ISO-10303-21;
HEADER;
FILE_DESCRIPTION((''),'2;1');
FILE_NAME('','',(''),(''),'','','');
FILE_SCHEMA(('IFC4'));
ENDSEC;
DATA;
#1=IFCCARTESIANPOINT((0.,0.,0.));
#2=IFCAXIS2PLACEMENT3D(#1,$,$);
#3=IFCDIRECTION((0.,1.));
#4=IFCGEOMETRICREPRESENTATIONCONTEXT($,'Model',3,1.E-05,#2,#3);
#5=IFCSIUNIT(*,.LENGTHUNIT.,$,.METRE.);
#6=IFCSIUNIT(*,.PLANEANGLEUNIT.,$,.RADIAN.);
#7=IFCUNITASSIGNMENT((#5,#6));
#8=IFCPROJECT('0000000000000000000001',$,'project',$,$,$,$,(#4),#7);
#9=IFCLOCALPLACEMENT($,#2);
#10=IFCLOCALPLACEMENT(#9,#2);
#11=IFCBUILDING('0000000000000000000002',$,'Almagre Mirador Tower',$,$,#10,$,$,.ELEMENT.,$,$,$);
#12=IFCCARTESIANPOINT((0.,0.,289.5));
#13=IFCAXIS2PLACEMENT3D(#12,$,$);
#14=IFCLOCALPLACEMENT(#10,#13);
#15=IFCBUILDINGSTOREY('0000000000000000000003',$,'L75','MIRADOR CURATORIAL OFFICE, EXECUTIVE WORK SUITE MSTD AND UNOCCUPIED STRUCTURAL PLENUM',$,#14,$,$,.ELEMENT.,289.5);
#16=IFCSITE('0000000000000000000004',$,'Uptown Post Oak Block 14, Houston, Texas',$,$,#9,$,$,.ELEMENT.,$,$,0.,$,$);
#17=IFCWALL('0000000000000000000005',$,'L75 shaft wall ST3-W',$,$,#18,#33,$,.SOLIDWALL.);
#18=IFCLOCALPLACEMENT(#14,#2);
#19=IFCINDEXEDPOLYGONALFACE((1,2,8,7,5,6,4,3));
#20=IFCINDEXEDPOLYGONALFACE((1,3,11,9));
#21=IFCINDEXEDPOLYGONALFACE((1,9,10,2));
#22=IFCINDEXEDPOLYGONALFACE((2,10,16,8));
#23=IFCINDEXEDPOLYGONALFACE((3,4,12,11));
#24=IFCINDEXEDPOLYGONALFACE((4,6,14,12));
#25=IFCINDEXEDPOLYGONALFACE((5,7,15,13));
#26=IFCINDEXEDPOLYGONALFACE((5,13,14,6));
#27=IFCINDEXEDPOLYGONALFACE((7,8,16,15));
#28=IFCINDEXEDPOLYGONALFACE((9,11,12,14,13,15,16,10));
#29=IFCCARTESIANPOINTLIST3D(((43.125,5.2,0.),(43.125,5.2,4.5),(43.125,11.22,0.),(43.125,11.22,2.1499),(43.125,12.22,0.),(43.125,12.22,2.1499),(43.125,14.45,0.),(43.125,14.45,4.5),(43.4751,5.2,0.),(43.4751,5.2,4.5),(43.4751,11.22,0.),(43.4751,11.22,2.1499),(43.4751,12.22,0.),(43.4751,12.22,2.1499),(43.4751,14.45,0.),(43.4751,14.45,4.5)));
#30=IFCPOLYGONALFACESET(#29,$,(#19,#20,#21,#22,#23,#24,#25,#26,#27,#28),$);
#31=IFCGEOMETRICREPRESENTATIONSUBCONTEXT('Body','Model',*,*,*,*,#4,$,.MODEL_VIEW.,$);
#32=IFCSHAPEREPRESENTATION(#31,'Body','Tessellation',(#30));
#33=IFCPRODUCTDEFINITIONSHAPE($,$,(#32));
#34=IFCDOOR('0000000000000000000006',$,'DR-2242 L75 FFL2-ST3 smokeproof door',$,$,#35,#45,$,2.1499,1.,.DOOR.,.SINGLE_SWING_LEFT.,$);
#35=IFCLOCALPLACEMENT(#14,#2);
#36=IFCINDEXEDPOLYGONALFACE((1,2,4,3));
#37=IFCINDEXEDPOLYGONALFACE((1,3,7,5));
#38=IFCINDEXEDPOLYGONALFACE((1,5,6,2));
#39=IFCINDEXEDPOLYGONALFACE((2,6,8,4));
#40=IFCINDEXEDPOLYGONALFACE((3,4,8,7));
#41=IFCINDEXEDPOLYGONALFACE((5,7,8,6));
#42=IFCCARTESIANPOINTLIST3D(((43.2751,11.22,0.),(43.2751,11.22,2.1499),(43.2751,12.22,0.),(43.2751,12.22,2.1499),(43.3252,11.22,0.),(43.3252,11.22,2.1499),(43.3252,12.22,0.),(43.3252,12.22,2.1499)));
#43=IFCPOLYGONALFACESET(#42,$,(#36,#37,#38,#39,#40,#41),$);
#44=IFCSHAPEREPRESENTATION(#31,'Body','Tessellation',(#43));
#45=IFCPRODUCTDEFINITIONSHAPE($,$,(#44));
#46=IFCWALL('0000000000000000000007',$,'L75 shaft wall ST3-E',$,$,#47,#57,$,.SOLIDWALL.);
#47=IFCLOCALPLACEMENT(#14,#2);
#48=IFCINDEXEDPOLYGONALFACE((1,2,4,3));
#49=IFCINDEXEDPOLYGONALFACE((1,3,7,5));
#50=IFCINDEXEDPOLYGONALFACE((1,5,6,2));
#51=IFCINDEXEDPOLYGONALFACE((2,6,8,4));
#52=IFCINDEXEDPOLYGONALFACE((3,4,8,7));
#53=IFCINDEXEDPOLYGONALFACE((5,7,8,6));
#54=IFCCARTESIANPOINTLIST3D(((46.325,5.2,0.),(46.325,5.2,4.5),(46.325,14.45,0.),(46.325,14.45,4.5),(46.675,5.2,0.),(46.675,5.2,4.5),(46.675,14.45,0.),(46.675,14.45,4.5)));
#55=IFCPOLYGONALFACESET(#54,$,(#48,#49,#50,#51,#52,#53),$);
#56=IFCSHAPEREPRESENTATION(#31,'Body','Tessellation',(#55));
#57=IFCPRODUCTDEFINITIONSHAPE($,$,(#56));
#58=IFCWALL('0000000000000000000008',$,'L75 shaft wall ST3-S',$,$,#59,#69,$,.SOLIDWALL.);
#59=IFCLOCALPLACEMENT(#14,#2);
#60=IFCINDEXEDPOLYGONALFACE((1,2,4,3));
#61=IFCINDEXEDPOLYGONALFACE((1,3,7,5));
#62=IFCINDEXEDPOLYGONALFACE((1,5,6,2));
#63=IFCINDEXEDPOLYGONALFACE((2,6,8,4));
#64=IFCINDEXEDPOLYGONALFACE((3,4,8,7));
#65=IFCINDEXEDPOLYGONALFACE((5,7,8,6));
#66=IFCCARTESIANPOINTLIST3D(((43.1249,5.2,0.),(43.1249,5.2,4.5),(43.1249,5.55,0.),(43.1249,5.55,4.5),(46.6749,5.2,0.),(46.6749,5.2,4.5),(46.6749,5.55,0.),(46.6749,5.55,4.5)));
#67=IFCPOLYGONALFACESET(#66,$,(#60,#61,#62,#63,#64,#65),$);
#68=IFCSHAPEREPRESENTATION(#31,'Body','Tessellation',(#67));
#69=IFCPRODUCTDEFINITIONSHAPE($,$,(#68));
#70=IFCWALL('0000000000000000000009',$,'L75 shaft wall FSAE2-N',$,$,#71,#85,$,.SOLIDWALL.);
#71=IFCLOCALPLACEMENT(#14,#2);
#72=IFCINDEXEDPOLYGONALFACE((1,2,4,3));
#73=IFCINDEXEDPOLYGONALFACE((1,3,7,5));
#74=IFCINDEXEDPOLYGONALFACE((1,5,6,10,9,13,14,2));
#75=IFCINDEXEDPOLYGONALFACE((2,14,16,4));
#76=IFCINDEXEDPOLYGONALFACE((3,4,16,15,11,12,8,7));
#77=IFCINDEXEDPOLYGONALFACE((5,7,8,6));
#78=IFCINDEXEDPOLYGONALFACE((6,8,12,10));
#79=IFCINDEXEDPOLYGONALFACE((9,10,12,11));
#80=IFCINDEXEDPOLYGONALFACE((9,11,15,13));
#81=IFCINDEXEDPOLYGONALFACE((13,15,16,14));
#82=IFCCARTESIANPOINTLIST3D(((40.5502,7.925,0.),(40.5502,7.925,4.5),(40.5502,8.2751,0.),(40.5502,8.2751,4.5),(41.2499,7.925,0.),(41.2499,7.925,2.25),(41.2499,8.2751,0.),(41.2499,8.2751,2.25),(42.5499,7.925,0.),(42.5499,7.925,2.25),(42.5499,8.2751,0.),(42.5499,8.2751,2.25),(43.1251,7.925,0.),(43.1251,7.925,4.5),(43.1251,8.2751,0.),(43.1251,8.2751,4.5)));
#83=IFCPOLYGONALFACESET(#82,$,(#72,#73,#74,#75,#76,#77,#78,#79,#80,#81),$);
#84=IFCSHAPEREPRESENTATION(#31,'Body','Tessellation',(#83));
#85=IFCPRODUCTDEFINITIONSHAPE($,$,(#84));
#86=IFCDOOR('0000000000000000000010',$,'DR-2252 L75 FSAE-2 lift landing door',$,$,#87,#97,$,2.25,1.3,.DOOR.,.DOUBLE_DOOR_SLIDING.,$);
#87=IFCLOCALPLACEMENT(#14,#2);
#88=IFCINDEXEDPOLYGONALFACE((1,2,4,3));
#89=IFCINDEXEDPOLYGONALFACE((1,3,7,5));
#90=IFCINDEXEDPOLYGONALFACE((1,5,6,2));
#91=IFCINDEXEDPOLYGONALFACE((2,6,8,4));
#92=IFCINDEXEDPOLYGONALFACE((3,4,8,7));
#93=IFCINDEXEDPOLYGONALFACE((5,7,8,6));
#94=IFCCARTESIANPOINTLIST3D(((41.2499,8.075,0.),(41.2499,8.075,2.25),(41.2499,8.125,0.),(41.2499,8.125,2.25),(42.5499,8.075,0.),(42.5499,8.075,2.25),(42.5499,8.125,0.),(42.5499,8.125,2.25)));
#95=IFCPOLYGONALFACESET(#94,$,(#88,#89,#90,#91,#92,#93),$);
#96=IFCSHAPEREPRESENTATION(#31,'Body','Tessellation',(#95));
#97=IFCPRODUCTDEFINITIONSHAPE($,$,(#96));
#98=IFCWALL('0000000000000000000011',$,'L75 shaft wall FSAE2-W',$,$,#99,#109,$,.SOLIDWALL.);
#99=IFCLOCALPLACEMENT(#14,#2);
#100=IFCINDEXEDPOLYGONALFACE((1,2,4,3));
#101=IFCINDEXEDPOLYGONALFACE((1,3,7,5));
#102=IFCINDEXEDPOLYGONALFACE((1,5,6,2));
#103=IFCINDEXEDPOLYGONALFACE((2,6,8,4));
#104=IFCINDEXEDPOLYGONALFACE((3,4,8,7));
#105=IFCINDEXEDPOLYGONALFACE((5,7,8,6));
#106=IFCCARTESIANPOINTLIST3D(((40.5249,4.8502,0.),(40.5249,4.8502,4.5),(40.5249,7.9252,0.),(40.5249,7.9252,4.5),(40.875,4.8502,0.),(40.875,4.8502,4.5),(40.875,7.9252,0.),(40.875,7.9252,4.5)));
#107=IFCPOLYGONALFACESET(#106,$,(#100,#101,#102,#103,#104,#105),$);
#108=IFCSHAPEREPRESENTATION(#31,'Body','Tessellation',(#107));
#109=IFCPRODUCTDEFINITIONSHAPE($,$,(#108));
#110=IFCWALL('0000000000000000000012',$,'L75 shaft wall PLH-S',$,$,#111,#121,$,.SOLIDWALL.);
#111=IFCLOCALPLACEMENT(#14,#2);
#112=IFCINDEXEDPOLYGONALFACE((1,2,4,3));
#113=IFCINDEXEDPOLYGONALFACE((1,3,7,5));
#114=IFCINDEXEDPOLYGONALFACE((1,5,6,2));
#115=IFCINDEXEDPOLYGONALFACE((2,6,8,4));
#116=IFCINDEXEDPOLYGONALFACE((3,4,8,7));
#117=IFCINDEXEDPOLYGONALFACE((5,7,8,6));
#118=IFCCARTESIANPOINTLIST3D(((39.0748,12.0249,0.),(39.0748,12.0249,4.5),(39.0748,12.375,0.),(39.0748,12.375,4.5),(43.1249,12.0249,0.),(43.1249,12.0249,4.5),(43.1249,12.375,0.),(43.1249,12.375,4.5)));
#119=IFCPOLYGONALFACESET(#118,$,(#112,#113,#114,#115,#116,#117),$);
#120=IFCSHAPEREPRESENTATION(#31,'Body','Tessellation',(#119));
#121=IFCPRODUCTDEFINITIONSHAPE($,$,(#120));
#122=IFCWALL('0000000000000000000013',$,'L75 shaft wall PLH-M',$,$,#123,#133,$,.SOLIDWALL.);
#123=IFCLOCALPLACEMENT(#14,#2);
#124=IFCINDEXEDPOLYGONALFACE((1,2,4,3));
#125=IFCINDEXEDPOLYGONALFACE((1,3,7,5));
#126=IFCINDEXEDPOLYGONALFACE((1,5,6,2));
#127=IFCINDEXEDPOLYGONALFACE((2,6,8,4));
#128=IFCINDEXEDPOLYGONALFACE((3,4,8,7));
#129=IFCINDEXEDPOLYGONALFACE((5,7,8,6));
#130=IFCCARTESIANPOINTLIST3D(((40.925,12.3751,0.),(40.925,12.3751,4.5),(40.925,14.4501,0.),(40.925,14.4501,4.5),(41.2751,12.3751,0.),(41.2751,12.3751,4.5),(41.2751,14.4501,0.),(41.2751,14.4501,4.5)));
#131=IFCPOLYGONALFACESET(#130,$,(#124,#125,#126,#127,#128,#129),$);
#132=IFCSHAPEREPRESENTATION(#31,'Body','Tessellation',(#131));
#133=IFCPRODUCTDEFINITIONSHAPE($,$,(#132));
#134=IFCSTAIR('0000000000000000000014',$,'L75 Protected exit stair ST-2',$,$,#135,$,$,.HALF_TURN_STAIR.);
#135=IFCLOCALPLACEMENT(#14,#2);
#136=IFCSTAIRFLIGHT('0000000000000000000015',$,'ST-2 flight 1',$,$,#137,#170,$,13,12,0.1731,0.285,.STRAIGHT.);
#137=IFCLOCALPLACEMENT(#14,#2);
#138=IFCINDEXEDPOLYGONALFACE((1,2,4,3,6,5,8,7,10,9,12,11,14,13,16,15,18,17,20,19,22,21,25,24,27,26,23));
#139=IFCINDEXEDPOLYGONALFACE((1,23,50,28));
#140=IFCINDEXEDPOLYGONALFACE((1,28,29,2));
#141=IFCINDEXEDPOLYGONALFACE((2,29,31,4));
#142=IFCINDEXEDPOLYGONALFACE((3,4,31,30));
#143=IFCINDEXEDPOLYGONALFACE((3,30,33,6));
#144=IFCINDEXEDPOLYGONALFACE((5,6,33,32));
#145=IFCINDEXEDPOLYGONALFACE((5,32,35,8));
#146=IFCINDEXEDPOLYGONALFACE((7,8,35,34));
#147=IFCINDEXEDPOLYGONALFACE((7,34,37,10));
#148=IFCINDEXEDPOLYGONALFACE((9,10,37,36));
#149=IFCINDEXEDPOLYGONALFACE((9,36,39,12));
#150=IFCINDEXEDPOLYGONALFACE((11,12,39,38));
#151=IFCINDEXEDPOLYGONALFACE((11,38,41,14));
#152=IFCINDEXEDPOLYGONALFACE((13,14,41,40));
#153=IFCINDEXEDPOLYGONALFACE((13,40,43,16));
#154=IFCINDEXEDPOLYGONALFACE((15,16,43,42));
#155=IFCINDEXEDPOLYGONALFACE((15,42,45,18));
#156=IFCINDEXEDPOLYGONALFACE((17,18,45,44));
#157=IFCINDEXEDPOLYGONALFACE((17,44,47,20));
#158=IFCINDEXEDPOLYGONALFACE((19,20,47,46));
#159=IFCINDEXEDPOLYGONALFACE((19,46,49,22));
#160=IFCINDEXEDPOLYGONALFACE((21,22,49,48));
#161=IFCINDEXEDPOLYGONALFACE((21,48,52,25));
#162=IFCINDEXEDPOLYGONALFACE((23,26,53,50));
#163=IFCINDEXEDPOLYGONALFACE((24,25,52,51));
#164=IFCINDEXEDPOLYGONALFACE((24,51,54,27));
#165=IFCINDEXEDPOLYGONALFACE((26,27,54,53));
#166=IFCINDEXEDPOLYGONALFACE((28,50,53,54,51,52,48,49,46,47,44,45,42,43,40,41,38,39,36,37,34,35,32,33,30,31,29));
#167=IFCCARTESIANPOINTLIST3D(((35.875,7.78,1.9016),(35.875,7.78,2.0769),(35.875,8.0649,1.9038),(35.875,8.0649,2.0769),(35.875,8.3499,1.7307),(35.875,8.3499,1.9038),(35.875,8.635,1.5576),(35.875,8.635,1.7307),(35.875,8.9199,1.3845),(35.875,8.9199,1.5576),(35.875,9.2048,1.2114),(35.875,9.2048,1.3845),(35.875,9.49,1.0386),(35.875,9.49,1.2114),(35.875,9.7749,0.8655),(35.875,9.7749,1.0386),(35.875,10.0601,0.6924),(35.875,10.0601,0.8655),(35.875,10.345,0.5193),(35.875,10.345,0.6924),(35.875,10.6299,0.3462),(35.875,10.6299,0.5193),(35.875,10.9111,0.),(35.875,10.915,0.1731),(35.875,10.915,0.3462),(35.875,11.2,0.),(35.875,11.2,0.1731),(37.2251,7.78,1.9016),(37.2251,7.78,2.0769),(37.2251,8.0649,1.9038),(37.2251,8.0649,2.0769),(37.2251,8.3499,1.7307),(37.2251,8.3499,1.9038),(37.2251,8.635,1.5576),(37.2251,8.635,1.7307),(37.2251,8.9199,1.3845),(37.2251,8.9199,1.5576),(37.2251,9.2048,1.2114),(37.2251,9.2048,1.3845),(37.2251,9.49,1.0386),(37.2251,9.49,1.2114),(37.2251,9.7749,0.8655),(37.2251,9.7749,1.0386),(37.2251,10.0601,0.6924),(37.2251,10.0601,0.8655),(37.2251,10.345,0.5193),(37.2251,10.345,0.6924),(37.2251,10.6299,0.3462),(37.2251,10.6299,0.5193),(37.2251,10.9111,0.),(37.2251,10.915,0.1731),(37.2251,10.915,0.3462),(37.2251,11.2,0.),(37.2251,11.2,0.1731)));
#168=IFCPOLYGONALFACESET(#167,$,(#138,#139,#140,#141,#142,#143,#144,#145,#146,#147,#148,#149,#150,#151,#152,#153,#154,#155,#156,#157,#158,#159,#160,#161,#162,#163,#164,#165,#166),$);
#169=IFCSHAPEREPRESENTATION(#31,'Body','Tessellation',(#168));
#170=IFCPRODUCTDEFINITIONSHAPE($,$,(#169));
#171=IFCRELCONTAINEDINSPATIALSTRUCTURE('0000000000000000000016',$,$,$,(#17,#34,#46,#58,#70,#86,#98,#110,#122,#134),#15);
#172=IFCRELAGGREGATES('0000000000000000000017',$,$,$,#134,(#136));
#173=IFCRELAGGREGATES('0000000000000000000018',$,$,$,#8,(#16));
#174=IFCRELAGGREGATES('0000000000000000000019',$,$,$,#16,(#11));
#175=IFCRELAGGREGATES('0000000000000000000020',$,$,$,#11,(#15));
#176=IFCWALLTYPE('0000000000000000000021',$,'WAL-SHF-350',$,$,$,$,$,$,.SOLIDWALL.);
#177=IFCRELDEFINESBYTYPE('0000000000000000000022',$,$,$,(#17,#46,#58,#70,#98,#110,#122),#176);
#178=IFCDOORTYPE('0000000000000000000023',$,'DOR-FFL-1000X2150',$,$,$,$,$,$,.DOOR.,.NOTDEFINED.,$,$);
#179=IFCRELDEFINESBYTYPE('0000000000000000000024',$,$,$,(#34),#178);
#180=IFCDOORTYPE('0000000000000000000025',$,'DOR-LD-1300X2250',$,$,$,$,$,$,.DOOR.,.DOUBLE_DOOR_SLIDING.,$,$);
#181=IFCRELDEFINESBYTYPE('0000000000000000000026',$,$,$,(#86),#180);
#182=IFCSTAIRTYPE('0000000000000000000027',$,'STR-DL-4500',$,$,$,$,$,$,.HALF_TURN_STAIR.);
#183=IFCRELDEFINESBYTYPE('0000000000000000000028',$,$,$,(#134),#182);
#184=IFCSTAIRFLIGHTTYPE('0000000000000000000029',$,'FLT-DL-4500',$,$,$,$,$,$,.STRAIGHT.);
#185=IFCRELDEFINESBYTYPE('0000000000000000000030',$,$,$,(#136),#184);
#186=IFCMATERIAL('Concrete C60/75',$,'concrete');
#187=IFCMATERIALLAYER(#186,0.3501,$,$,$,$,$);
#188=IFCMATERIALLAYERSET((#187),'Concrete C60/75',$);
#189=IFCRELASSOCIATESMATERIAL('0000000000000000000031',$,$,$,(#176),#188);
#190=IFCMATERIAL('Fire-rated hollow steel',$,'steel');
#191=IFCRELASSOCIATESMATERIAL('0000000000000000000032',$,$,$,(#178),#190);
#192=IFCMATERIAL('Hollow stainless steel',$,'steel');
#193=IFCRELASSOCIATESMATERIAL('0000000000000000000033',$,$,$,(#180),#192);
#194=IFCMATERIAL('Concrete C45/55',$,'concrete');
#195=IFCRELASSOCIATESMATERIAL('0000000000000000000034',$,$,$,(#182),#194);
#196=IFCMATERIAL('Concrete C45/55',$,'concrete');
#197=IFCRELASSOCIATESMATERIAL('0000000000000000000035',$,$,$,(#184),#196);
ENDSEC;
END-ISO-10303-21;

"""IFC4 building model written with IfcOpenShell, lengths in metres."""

from ifc_helpers import new_model, si_unit, direction, frame, frame_2d, origin, place, context, subcontext, project, spatial, polyline, rectangle, outline, extrude, material, layer, layer_set, type_object, element, fill, aggregate, save


model = new_model("IFC4")

# Units and contexts
model_context = context("Model", 3, precision=1e-05, world=origin(), true_north=direction((0.0, 1.0)))
body_context = subcontext(model_context, "Body", "Model", "MODEL_VIEW")
ifc_project = project(units=[si_unit("LENGTHUNIT", "METRE"), si_unit("PLANEANGLEUNIT", "RADIAN")], contexts=[model_context])

# Site, building, storey
site_placement = place(None, origin())
site = spatial("IfcSite", under=ifc_project, at=site_placement, Name="Uptown Post Oak Block 14, Houston, Texas", CompositionType="ELEMENT", RefElevation=0.0)
building_placement = place(site_placement, origin())
building = spatial("IfcBuilding", under=site, at=building_placement, Name="Almagre Mirador Tower", CompositionType="ELEMENT")
storey_placement = place(building_placement, frame((0.0, 0.0, 289.5)))
storey = spatial("IfcBuildingStorey", under=building, at=storey_placement, Name="L75", Description="MIRADOR CURATORIAL OFFICE, EXECUTIVE WORK SUITE MSTD AND UNOCCUPIED STRUCTURAL PLENUM", CompositionType="ELEMENT", Elevation=289.5)

# Wall, opening, door
ifc_material_1 = material(Name="Concrete C60/75", Category="concrete")
ifc_layer_1 = layer(ifc_material_1, 0.3501)
ifc_layer_set_1 = layer_set([ifc_layer_1], Name="Concrete C60/75")
wall_type_1 = type_object("IfcWallType", Name="WAL-SHF-350", PredefinedType="SOLIDWALL", material=ifc_layer_set_1)
ifc_material_2 = material(Name="Fire-rated hollow steel", Category="steel")
door_type_1 = type_object("IfcDoorType", Name="DOR-FFL-1000X2150", OperationType="NOTDEFINED", PredefinedType="DOOR", material=ifc_material_2)
wall_1_placement = place(storey_placement, frame((43.3, 5.2, 0.0), z_axis=(0.0, 0.0, 1.0), x_axis=(0.0, 1.0, 0.0)))
wall_1 = element("IfcWall", 1, at=wall_1_placement, inside=storey, type_object=wall_type_1, Name="L75 shaft wall ST3-W", PredefinedType="SOLIDWALL", context=body_context, shape_type="SweptSolid", body=[
    extrude(rectangle(XDim=9.25, YDim=0.3501, at=frame_2d((4.625, 0.0))), origin(), (0.0, 0.0, 1.0), 4.5),
])
opening_1_placement = place(wall_1_placement, frame((6.02, 0.0, 0.0)))
opening_1 = element("IfcOpeningElement", 2, at=opening_1_placement, cuts=wall_1, PredefinedType="OPENING", context=body_context, shape_type="SweptSolid", body=[
    extrude(rectangle(XDim=1.0, YDim=2.1499, at=frame_2d((0.5, 1.075))), frame((0.0, 0.185, 0.0), z_axis=(0.0, -1.0, 0.0), x_axis=(1.0, 0.0, 0.0)), (0.0, 0.0, 1.0), 0.3701),
])
door_1_placement = place(opening_1_placement, origin())
door_1 = element("IfcDoor", 3, at=door_1_placement, inside=storey, type_object=door_type_1, Name="DR-2242 L75 FFL2-ST3 smokeproof door", OperationType="SINGLE_SWING_LEFT", OverallHeight=2.1499, OverallWidth=1.0, PredefinedType="DOOR", context=body_context, shape_type="SweptSolid", body=[
    extrude(rectangle(XDim=1.0, YDim=2.1499, at=frame_2d((0.5, 1.075))), frame((0.0, 0.0249, 0.0), z_axis=(0.0, -1.0, 0.0), x_axis=(1.0, 0.0, 0.0)), (0.0, 0.0, 1.0), 0.05),
])
fill(opening_1, door_1)

# Walls
wall_2_placement = place(storey_placement, frame((46.5, 5.2, 0.0), z_axis=(0.0, 0.0, 1.0), x_axis=(0.0, 1.0, 0.0)))
element("IfcWall", 4, at=wall_2_placement, inside=storey, type_object=wall_type_1, Name="L75 shaft wall ST3-E", PredefinedType="SOLIDWALL", context=body_context, shape_type="SweptSolid", body=[
    extrude(rectangle(XDim=9.25, YDim=0.3501, at=frame_2d((4.625, 0.0))), origin(), (0.0, 0.0, 1.0), 4.5),
])
wall_3_placement = place(storey_placement, frame((43.125, 5.375, 0.0), z_axis=(0.0, 0.0, 1.0), x_axis=(1.0, 0.0, 0.0)))
element("IfcWall", 5, at=wall_3_placement, inside=storey, type_object=wall_type_1, Name="L75 shaft wall ST3-S", PredefinedType="SOLIDWALL", context=body_context, shape_type="SweptSolid", body=[
    extrude(rectangle(XDim=3.55, YDim=0.3501, at=frame_2d((1.7749, 0.0))), origin(), (0.0, 0.0, 1.0), 4.5),
])

# Wall, opening, door
wall_4_placement = place(storey_placement, frame((40.55, 8.1001, 0.0), z_axis=(0.0, 0.0, 1.0), x_axis=(1.0, 0.0, 0.0)))
wall_4 = element("IfcWall", 6, at=wall_4_placement, inside=storey, type_object=wall_type_1, Name="L75 shaft wall FSAE2-N", PredefinedType="SOLIDWALL", context=body_context, shape_type="SweptSolid", body=[
    extrude(rectangle(XDim=2.575, YDim=0.3501, at=frame_2d((1.2876, 0.0))), origin(), (0.0, 0.0, 1.0), 4.5),
])
opening_2_placement = place(wall_4_placement, frame((0.7, 0.0, 0.0)))
opening_2 = element("IfcOpeningElement", 7, at=opening_2_placement, cuts=wall_4, PredefinedType="OPENING", context=body_context, shape_type="SweptSolid", body=[
    extrude(rectangle(XDim=1.3, YDim=2.25, at=frame_2d((0.6499, 1.125))), frame((0.0, 0.185, 0.0), z_axis=(0.0, -1.0, 0.0), x_axis=(1.0, 0.0, 0.0)), (0.0, 0.0, 1.0), 0.3701),
])
ifc_material_3 = material(Name="Hollow stainless steel", Category="steel")
door_type_2 = type_object("IfcDoorType", Name="DOR-LD-1300X2250", OperationType="DOUBLE_DOOR_SLIDING", PredefinedType="DOOR", material=ifc_material_3)
door_2_placement = place(opening_2_placement, origin())
door_2 = element("IfcDoor", 8, at=door_2_placement, inside=storey, type_object=door_type_2, Name="DR-2252 L75 FSAE-2 lift landing door", OperationType="DOUBLE_DOOR_SLIDING", OverallHeight=2.25, OverallWidth=1.3, PredefinedType="DOOR", context=body_context, shape_type="SweptSolid", body=[
    extrude(rectangle(XDim=1.3, YDim=2.25, at=frame_2d((0.6499, 1.125))), frame((0.0, 0.0249, 0.0), z_axis=(0.0, -1.0, 0.0), x_axis=(1.0, 0.0, 0.0)), (0.0, 0.0, 1.0), 0.05),
])
fill(opening_2, door_2)

# Walls
wall_5_placement = place(storey_placement, frame((40.7, 4.8501, 0.0), z_axis=(0.0, 0.0, 1.0), x_axis=(0.0, 1.0, 0.0)))
element("IfcWall", 9, at=wall_5_placement, inside=storey, type_object=wall_type_1, Name="L75 shaft wall FSAE2-W", PredefinedType="SOLIDWALL", context=body_context, shape_type="SweptSolid", body=[
    extrude(rectangle(XDim=3.075, YDim=0.3501, at=frame_2d((1.5376, 0.0))), origin(), (0.0, 0.0, 1.0), 4.5),
])
wall_6_placement = place(storey_placement, frame((39.075, 12.2, 0.0), z_axis=(0.0, 0.0, 1.0), x_axis=(1.0, 0.0, 0.0)))
element("IfcWall", 10, at=wall_6_placement, inside=storey, type_object=wall_type_1, Name="L75 shaft wall PLH-S", PredefinedType="SOLIDWALL", context=body_context, shape_type="SweptSolid", body=[
    extrude(rectangle(XDim=4.05, YDim=0.3501, at=frame_2d((2.0249, 0.0))), origin(), (0.0, 0.0, 1.0), 4.5),
])
wall_7_placement = place(storey_placement, frame((41.1001, 12.375, 0.0), z_axis=(0.0, 0.0, 1.0), x_axis=(0.0, 1.0, 0.0)))
element("IfcWall", 11, at=wall_7_placement, inside=storey, type_object=wall_type_1, Name="L75 shaft wall PLH-M", PredefinedType="SOLIDWALL", context=body_context, shape_type="SweptSolid", body=[
    extrude(rectangle(XDim=2.075, YDim=0.3501, at=frame_2d((1.0376, 0.0))), origin(), (0.0, 0.0, 1.0), 4.5),
])

# Stair, stair flight
ifc_material_4 = material(Name="Concrete C45/55", Category="concrete")
stair_type = type_object("IfcStairType", Name="STR-DL-4500", PredefinedType="HALF_TURN_STAIR", material=ifc_material_4)
stair_1_placement = place(storey_placement, origin())
stair_1 = element("IfcStair", 12, at=stair_1_placement, inside=storey, type_object=stair_type, Name="L75 Protected exit stair ST-2", PredefinedType="HALF_TURN_STAIR")
ifc_material_5 = material(Name="Concrete C45/55", Category="concrete")
stair_flight_type = type_object("IfcStairFlightType", Name="FLT-DL-4500", PredefinedType="STRAIGHT", material=ifc_material_5)
stair_flight_1_placement = place(storey_placement, frame((36.55, 11.2, 0.0), z_axis=(0.0, 0.0, 1.0), x_axis=(0.0, -1.0, 0.0)))
stair_flight_1 = element("IfcStairFlight", 13, at=stair_flight_1_placement, type_object=stair_flight_type, Name="ST-2 flight 1", NumberOfRisers=13, NumberOfTreads=12, PredefinedType="STRAIGHT", RiserHeight=0.1731, TreadLength=0.285, context=body_context, shape_type="SweptSolid", body=[
    extrude(outline(polyline([(0.0, 0.0), (0.0, 0.1731), (0.2849, 0.1731), (0.2849, 0.3462), (0.5701, 0.3462), (0.5701, 0.5193), (0.855, 0.5193), (0.855, 0.6924), (1.1399, 0.6924), (1.1399, 0.8655), (1.425, 0.8655), (1.425, 1.0386), (1.71, 1.0386), (1.71, 1.2114), (1.9951, 1.2114), (1.9951, 1.3845), (2.28, 1.3845), (2.28, 1.5576), (2.5649, 1.5576), (2.5649, 1.7307), (2.8501, 1.7307), (2.8501, 1.9038), (3.135, 1.9038), (3.135, 2.0769), (3.4199, 2.0769), (3.4199, 2.25), (3.4199, 1.9016), (0.2888, 0.0), (0.0, 0.0)])), frame((0.0, 0.675, 0.0), z_axis=(0.0, -1.0, 0.0), x_axis=(1.0, 0.0, 0.0)), (0.0, 0.0, 1.0), 1.3501),
])
aggregate(stair_1, [stair_flight_1])

save(model, "model.ifc")
